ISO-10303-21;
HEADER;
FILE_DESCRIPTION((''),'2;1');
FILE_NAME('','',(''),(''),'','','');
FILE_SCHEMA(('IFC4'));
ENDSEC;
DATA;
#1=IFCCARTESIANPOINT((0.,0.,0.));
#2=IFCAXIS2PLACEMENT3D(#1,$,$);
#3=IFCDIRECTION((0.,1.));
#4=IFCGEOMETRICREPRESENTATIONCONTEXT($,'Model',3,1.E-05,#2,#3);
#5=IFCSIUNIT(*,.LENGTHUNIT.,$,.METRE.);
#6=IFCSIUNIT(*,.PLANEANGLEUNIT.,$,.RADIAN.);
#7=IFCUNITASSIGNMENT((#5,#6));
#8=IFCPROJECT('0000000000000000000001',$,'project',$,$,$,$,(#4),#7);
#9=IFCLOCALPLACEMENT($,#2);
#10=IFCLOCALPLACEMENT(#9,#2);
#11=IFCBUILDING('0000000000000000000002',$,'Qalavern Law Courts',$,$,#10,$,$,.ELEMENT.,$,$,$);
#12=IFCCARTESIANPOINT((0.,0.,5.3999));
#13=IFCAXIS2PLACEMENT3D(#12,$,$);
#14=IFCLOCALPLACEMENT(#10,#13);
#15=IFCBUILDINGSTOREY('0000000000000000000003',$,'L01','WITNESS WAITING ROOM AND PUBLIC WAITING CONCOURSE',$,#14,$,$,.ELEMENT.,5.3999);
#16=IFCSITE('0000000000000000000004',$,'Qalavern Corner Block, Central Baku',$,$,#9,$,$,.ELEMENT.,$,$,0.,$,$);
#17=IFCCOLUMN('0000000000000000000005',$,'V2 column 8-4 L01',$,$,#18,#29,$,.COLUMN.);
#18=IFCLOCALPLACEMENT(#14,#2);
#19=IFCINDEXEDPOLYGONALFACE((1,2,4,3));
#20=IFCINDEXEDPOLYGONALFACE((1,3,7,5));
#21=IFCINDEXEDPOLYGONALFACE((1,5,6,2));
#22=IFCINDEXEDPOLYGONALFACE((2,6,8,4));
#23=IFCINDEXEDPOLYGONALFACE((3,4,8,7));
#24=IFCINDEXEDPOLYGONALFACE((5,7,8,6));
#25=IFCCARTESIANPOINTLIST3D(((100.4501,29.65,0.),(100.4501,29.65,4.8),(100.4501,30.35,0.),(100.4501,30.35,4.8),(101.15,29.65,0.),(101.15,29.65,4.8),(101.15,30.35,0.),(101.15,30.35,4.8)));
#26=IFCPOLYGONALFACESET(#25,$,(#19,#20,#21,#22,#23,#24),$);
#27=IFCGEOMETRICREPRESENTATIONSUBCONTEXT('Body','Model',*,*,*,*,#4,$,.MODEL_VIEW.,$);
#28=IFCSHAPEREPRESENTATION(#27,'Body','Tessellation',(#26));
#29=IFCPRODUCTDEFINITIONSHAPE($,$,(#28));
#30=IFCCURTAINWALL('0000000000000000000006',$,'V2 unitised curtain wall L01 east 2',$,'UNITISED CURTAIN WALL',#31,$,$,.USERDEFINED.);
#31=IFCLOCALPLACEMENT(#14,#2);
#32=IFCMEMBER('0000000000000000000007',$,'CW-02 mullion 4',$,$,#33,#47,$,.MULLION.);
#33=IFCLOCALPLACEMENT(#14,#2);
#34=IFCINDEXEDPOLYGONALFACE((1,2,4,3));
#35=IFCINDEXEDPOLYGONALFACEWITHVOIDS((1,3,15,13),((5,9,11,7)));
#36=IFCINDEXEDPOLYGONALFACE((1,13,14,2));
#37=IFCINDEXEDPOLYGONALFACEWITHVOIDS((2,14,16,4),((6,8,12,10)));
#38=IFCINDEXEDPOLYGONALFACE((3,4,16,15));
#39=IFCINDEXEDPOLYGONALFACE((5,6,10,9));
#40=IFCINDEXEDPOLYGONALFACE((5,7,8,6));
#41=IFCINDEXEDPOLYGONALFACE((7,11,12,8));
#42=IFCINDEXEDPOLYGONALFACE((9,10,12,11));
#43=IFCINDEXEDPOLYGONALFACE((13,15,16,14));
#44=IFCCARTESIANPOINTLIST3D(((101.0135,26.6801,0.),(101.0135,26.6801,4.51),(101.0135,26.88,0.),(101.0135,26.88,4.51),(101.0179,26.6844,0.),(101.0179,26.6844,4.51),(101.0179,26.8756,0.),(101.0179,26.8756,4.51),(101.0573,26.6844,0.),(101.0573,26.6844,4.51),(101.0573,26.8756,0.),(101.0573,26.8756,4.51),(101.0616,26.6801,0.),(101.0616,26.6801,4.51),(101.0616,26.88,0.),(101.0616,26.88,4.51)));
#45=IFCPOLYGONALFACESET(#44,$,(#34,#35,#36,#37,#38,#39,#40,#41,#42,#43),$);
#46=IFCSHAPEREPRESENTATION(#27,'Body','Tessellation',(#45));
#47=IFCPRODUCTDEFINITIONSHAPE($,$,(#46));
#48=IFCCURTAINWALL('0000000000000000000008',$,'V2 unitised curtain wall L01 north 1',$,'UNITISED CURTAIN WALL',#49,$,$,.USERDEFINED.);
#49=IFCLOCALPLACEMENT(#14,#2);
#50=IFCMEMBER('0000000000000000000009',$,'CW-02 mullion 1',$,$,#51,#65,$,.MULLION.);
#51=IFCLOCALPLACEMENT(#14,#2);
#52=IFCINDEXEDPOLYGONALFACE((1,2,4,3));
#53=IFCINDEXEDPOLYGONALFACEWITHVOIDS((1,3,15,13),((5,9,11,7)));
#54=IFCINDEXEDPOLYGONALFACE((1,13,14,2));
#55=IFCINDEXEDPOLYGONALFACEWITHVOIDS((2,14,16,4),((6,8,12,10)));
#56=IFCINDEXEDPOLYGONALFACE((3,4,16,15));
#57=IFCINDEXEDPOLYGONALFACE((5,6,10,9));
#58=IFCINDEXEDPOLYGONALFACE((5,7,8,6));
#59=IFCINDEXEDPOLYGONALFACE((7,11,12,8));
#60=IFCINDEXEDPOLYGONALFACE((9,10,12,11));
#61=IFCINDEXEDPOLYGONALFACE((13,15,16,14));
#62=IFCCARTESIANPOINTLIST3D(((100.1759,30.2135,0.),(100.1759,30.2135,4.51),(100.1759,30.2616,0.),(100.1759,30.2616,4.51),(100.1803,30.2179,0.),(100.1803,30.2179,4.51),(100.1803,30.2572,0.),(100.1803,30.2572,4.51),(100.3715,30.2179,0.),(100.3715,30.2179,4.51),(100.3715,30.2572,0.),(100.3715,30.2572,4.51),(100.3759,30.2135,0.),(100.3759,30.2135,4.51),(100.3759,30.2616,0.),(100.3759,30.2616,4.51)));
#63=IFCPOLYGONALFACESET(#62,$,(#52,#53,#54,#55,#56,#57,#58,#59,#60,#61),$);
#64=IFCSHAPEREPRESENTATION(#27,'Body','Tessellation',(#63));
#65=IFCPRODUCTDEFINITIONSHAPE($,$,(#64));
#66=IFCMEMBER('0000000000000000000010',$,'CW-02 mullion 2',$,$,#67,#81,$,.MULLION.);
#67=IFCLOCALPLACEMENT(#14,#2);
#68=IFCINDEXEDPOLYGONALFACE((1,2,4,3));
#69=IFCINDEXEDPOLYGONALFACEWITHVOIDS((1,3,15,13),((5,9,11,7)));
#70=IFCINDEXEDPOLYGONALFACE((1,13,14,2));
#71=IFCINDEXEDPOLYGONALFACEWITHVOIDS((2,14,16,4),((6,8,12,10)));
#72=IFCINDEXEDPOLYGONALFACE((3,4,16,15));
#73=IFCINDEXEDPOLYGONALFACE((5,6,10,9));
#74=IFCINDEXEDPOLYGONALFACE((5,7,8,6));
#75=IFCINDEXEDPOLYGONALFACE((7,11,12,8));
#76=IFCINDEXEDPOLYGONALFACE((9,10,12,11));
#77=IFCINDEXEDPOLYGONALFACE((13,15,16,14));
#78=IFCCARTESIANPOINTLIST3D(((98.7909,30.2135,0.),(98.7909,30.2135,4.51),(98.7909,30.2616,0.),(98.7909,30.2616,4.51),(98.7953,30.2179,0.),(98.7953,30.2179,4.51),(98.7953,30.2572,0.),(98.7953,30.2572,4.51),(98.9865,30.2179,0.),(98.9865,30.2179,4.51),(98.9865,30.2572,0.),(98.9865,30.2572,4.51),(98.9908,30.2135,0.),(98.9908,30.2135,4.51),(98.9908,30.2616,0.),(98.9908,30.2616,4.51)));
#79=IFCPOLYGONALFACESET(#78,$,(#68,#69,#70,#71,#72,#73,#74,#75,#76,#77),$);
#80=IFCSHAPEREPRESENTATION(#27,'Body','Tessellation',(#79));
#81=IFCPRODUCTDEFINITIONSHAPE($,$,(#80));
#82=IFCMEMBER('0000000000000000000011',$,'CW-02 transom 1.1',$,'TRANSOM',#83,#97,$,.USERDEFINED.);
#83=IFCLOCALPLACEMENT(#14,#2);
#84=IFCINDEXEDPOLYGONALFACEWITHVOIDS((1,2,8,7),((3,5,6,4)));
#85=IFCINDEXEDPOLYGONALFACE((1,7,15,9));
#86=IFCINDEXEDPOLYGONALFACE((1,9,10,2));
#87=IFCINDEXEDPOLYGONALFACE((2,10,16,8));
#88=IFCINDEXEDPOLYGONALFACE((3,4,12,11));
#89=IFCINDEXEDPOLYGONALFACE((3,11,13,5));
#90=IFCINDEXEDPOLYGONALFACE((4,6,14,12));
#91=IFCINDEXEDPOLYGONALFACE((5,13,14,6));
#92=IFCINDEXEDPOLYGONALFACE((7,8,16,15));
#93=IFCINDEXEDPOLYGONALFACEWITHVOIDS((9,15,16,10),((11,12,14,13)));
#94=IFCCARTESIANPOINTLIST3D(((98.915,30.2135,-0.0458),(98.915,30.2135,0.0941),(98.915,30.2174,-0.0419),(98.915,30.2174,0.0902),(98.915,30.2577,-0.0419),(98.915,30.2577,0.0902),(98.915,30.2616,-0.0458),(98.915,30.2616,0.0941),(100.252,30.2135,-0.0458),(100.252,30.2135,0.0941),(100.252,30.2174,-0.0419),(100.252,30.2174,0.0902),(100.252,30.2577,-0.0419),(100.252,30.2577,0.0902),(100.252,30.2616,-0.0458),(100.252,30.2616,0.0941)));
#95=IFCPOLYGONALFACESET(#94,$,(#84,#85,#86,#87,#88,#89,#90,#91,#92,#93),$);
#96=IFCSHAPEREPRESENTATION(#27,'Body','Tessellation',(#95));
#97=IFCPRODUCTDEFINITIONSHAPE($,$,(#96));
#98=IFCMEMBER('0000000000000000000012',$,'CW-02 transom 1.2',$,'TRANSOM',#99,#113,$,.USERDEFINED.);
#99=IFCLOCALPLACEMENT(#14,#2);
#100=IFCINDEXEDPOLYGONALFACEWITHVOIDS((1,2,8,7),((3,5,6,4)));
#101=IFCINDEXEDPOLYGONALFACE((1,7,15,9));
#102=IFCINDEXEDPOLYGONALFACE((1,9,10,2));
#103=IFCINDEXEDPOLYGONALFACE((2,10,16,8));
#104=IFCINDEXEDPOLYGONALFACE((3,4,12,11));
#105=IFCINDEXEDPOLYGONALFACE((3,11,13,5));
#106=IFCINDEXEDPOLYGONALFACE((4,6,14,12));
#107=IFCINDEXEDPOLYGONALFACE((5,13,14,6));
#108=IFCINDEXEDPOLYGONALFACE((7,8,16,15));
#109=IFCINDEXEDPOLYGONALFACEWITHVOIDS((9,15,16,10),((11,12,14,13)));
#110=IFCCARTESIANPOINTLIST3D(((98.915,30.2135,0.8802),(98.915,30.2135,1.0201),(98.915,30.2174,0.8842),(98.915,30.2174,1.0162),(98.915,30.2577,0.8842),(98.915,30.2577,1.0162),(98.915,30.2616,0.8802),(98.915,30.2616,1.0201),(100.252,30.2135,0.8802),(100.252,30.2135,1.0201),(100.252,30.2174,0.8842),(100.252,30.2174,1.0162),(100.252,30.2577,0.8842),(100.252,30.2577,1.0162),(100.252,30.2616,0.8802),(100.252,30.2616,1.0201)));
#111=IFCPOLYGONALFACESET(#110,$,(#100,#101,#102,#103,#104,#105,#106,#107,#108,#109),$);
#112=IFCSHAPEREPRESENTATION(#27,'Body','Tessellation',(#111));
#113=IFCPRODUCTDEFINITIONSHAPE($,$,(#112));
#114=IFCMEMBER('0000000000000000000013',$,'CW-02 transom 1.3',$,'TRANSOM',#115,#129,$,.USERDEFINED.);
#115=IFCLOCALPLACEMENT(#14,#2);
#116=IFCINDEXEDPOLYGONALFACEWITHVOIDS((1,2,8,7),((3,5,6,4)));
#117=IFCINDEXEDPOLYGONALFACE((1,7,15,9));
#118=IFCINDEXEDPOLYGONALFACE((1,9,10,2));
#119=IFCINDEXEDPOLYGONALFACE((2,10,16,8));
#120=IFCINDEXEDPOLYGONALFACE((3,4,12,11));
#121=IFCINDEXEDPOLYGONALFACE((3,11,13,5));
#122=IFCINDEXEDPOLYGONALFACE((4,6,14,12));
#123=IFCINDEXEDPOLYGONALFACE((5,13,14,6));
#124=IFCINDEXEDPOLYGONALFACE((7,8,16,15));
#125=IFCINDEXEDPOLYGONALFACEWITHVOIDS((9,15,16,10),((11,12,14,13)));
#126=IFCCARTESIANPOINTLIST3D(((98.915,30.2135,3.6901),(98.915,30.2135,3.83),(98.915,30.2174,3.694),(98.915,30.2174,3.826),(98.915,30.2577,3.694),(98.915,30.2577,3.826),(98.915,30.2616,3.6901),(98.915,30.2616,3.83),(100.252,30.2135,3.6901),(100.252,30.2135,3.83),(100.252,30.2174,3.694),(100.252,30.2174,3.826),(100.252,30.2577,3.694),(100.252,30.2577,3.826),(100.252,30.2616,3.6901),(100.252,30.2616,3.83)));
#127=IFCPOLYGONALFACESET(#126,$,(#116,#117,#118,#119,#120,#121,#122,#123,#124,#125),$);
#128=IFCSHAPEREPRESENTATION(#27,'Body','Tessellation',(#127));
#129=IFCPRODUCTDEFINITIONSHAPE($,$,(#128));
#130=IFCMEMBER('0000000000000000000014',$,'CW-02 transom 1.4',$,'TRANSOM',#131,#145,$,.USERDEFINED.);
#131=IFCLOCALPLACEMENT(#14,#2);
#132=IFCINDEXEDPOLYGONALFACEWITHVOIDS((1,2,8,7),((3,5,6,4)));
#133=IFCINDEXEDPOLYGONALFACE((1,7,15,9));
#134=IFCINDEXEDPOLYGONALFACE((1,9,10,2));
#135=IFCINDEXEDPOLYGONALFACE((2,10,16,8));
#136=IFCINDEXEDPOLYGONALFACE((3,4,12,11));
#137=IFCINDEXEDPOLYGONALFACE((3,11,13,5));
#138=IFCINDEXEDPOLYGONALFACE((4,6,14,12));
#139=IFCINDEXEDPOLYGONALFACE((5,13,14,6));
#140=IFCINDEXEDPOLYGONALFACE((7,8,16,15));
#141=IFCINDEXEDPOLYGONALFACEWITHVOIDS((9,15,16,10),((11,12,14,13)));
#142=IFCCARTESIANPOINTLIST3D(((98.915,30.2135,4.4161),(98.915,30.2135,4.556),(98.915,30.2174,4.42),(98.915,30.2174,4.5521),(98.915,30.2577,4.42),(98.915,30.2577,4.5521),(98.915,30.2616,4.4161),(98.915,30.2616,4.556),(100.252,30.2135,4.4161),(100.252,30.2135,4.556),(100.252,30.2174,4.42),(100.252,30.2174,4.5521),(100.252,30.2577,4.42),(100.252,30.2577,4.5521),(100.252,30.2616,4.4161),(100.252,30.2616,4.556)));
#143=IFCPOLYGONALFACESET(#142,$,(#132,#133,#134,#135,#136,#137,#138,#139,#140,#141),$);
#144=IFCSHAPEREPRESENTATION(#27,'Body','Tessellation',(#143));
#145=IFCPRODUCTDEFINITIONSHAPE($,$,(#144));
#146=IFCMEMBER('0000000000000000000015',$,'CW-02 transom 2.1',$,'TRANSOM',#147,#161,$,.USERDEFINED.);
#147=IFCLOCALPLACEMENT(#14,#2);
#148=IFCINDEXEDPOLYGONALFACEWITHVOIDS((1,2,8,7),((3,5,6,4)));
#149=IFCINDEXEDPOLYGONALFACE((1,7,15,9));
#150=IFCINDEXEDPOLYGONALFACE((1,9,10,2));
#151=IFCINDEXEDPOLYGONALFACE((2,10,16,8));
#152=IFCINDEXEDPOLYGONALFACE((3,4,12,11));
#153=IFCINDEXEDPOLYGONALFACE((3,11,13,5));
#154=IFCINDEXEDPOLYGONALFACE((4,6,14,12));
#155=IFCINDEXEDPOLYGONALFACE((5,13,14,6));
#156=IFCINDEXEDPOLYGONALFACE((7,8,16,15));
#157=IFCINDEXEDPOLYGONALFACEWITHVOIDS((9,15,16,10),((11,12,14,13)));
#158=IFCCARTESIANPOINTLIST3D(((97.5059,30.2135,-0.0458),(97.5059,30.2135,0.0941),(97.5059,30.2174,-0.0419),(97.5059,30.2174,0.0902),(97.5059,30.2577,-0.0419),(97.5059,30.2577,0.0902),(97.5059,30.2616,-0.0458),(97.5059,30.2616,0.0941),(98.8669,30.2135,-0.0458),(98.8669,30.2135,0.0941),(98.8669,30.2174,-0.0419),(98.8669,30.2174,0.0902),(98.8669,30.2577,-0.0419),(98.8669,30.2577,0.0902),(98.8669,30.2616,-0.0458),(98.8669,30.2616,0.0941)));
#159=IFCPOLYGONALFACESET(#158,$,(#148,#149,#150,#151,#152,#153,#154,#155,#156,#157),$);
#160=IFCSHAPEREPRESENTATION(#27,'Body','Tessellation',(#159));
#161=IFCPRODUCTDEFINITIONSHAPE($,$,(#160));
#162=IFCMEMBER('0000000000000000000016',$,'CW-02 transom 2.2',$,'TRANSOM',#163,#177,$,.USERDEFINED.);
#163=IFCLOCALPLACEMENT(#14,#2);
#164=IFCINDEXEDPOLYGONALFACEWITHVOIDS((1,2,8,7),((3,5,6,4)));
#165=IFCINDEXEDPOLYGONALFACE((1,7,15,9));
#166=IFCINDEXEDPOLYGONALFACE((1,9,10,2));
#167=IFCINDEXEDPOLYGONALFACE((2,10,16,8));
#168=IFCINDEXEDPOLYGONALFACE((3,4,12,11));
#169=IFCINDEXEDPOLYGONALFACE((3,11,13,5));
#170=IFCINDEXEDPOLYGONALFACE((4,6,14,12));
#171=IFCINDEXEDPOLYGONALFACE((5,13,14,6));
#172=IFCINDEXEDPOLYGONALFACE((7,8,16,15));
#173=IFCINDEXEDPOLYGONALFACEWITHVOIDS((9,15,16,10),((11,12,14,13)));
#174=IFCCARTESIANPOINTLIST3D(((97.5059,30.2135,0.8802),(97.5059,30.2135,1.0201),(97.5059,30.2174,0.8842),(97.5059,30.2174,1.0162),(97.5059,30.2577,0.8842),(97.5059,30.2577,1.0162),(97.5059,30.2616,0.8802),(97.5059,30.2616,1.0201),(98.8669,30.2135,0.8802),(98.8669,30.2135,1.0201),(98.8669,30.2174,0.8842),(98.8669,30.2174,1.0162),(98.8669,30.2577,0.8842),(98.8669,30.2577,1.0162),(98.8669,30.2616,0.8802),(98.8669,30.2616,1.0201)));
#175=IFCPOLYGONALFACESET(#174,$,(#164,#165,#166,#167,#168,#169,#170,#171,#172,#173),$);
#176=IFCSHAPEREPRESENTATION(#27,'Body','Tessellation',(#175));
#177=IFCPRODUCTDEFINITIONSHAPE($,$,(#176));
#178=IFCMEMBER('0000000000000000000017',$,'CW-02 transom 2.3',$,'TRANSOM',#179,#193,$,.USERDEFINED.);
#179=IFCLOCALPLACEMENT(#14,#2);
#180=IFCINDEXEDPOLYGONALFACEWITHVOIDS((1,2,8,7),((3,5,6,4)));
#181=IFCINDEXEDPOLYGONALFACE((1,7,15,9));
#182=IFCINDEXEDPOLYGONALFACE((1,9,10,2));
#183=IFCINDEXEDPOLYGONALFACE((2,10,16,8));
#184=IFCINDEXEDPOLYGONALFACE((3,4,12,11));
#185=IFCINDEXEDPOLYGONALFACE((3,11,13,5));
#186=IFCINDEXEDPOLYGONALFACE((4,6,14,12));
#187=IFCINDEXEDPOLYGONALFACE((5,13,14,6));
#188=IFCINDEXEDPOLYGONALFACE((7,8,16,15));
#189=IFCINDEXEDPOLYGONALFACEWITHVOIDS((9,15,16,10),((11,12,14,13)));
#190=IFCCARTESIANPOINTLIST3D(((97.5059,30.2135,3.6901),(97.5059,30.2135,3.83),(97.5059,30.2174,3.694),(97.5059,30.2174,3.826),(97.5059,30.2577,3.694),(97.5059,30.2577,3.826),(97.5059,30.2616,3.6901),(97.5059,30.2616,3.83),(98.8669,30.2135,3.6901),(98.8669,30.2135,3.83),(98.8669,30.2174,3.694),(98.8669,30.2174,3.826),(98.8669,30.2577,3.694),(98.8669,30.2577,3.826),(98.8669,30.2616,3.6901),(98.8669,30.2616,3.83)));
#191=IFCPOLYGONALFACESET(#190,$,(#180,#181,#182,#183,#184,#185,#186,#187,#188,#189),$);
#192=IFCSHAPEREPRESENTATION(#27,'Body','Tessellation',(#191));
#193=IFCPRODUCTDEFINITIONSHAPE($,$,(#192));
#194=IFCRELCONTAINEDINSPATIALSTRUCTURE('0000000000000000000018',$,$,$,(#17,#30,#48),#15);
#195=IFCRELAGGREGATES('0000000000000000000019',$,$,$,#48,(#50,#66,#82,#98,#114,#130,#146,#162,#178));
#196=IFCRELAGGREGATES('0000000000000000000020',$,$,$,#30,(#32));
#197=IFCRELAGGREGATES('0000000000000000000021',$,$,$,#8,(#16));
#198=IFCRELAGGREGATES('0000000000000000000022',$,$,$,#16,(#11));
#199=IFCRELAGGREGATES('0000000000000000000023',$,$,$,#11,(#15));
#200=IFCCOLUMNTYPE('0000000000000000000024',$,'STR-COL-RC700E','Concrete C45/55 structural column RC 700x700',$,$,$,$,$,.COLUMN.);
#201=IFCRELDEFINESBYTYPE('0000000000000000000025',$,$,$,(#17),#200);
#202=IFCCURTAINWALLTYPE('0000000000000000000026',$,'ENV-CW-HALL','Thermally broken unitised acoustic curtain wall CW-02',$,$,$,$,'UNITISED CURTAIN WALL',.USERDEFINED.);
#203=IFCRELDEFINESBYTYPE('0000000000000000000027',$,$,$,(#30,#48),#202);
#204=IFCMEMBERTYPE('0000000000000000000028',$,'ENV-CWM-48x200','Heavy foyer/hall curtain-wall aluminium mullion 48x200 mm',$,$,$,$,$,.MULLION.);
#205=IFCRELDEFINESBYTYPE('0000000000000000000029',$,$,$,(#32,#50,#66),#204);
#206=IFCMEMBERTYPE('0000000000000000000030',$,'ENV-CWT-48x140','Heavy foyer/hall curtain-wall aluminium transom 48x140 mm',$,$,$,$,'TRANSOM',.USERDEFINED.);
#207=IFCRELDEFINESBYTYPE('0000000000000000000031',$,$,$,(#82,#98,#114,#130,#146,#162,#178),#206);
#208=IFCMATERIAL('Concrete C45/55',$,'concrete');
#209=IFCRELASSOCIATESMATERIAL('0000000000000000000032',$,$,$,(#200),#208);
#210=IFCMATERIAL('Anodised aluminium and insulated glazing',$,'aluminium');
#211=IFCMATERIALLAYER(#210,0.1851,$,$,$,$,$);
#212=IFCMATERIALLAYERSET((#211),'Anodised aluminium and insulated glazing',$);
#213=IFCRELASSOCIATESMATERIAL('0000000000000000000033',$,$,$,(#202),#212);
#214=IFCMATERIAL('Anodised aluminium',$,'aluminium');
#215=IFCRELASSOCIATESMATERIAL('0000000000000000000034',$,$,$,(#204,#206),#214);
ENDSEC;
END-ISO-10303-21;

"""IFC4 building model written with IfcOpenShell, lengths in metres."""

from ifc_helpers import new_model, si_unit, direction, frame, origin, origin_2d, place, context, subcontext, project, spatial, rectangle, hollow_rectangle, extrude, material, layer, layer_set, material_profile, profile_set, type_object, element, aggregate, save


model = new_model("IFC4")

# Units and contexts
model_context = context("Model", 3, precision=1e-05, world=origin(), true_north=direction((0.0, 1.0)))
body_context = subcontext(model_context, "Body", "Model", "MODEL_VIEW")
ifc_project = project(units=[si_unit("LENGTHUNIT", "METRE"), si_unit("PLANEANGLEUNIT", "RADIAN")], contexts=[model_context])

# Site, building, storey
site_placement = place(None, origin())
site = spatial("IfcSite", under=ifc_project, at=site_placement, Name="Qalavern Corner Block, Central Baku", CompositionType="ELEMENT", RefElevation=0.0)
building_placement = place(site_placement, origin())
building = spatial("IfcBuilding", under=site, at=building_placement, Name="Qalavern Law Courts", CompositionType="ELEMENT")
storey_placement = place(building_placement, frame((0.0, 0.0, 5.3999)))
storey = spatial("IfcBuildingStorey", under=building, at=storey_placement, Name="L01", Description="WITNESS WAITING ROOM AND PUBLIC WAITING CONCOURSE", CompositionType="ELEMENT", Elevation=5.3999)

# Column
ifc_material_1 = material(Name="Concrete C45/55", Category="concrete")
ifc_material_profile_1 = material_profile(ifc_material_1, rectangle(XDim=0.7, YDim=0.7, at=origin_2d()), Name="RC 700x700")
ifc_profile_set_1 = profile_set([ifc_material_profile_1], Name="Concrete C45/55")
column_type = type_object("IfcColumnType", Name="STR-COL-RC700E", Description="Concrete C45/55 structural column RC 700x700", PredefinedType="COLUMN", material=ifc_profile_set_1)
column_placement = place(storey_placement, frame((100.8, 30.0, 0.0), z_axis=(0.0, 0.0, 1.0), x_axis=(1.0, 0.0, 0.0)))
element("IfcColumn", 1, at=column_placement, inside=storey, type_object=column_type, Name="V2 column 8-4 L01", PredefinedType="COLUMN", context=body_context, shape_type="SweptSolid", body=[
    extrude(rectangle(XDim=0.7, YDim=0.7, at=origin_2d()), origin(), (0.0, 0.0, 1.0), 4.8),
])

# Curtain wall, member
ifc_material_2 = material(Name="Anodised aluminium and insulated glazing", Category="aluminium")
ifc_layer_1 = layer(ifc_material_2, 0.1851)
ifc_layer_set_1 = layer_set([ifc_layer_1], Name="Anodised aluminium and insulated glazing")
curtain_wall_type = type_object("IfcCurtainWallType", Name="ENV-CW-HALL", Description="Thermally broken unitised acoustic curtain wall CW-02", ElementType="UNITISED CURTAIN WALL", PredefinedType="USERDEFINED", material=ifc_layer_set_1)
curtain_wall_1_placement = place(storey_placement, origin())
curtain_wall_1 = element("IfcCurtainWall", 2, at=curtain_wall_1_placement, inside=storey, type_object=curtain_wall_type, Name="V2 unitised curtain wall L01 east 2", ObjectType="UNITISED CURTAIN WALL", PredefinedType="USERDEFINED")
ifc_material_3 = material(Name="Anodised aluminium", Category="aluminium")
ifc_material_profile_2 = material_profile(ifc_material_3, hollow_rectangle(XDim=0.0481, YDim=0.2, WallThickness=0.0044, at=origin_2d()), Name="ALU MULLION 48x200")
ifc_profile_set_2 = profile_set([ifc_material_profile_2], Name="Anodised aluminium")
member_type_1 = type_object("IfcMemberType", Name="ENV-CWM-48x200", Description="Heavy foyer/hall curtain-wall aluminium mullion 48x200 mm", PredefinedType="MULLION", material=ifc_profile_set_2)
member_1_placement = place(storey_placement, frame((101.0376, 26.78, 0.0), z_axis=(0.0, 0.0, 1.0), x_axis=(-1.0, 0.0, 0.0)))
member_1 = element("IfcMember", 3, at=member_1_placement, type_object=member_type_1, Name="CW-02 mullion 4", PredefinedType="MULLION", context=body_context, shape_type="SweptSolid", body=[
    extrude(hollow_rectangle(XDim=0.0481, YDim=0.2, WallThickness=0.0044, at=origin_2d()), origin(), (0.0, 0.0, 1.0), 4.51),
])

# Curtain wall, members
curtain_wall_2_placement = place(storey_placement, origin())
curtain_wall_2 = element("IfcCurtainWall", 4, at=curtain_wall_2_placement, inside=storey, type_object=curtain_wall_type, Name="V2 unitised curtain wall L01 north 1", ObjectType="UNITISED CURTAIN WALL", PredefinedType="USERDEFINED")
member_2_placement = place(storey_placement, frame((100.2759, 30.2375, 0.0), z_axis=(0.0, 0.0, 1.0), x_axis=(0.0, -1.0, 0.0)))
member_2 = element("IfcMember", 5, at=member_2_placement, type_object=member_type_1, Name="CW-02 mullion 1", PredefinedType="MULLION", context=body_context, shape_type="SweptSolid", body=[
    extrude(hollow_rectangle(XDim=0.0481, YDim=0.2, WallThickness=0.0044, at=origin_2d()), origin(), (0.0, 0.0, 1.0), 4.51),
])
member_3_placement = place(storey_placement, frame((98.8909, 30.2375, 0.0), z_axis=(0.0, 0.0, 1.0), x_axis=(0.0, -1.0, 0.0)))
member_3 = element("IfcMember", 6, at=member_3_placement, type_object=member_type_1, Name="CW-02 mullion 2", PredefinedType="MULLION", context=body_context, shape_type="SweptSolid", body=[
    extrude(hollow_rectangle(XDim=0.0481, YDim=0.2, WallThickness=0.0044, at=origin_2d()), origin(), (0.0, 0.0, 1.0), 4.51),
])
ifc_material_profile_3 = material_profile(ifc_material_3, hollow_rectangle(XDim=0.0481, YDim=0.1399, WallThickness=0.0039, at=origin_2d()), Name="ALU TRANSOM 48x140")
ifc_profile_set_3 = profile_set([ifc_material_profile_3], Name="Anodised aluminium")
member_type_2 = type_object("IfcMemberType", Name="ENV-CWT-48x140", Description="Heavy foyer/hall curtain-wall aluminium transom 48x140 mm", ElementType="TRANSOM", PredefinedType="USERDEFINED", material=ifc_profile_set_3)
member_4_placement = place(storey_placement, frame((100.252, 30.2375, 0.0242), z_axis=(-1.0, 0.0, 0.0), x_axis=(0.0, -1.0, 0.0)))
member_4 = element("IfcMember", 7, at=member_4_placement, type_object=member_type_2, Name="CW-02 transom 1.1", ObjectType="TRANSOM", PredefinedType="USERDEFINED", context=body_context, shape_type="SweptSolid", body=[
    extrude(hollow_rectangle(XDim=0.0481, YDim=0.1399, WallThickness=0.0039, at=origin_2d()), origin(), (0.0, 0.0, 1.0), 1.3369),
])
member_5_placement = place(storey_placement, frame((100.252, 30.2375, 0.9502), z_axis=(-1.0, 0.0, 0.0), x_axis=(0.0, -1.0, 0.0)))
member_5 = element("IfcMember", 8, at=member_5_placement, type_object=member_type_2, Name="CW-02 transom 1.2", ObjectType="TRANSOM", PredefinedType="USERDEFINED", context=body_context, shape_type="SweptSolid", body=[
    extrude(hollow_rectangle(XDim=0.0481, YDim=0.1399, WallThickness=0.0039, at=origin_2d()), origin(), (0.0, 0.0, 1.0), 1.3369),
])
member_6_placement = place(storey_placement, frame((100.252, 30.2375, 3.76), z_axis=(-1.0, 0.0, 0.0), x_axis=(0.0, -1.0, 0.0)))
member_6 = element("IfcMember", 9, at=member_6_placement, type_object=member_type_2, Name="CW-02 transom 1.3", ObjectType="TRANSOM", PredefinedType="USERDEFINED", context=body_context, shape_type="SweptSolid", body=[
    extrude(hollow_rectangle(XDim=0.0481, YDim=0.1399, WallThickness=0.0039, at=origin_2d()), origin(), (0.0, 0.0, 1.0), 1.3369),
])
member_7_placement = place(storey_placement, frame((100.252, 30.2375, 4.4861), z_axis=(-1.0, 0.0, 0.0), x_axis=(0.0, -1.0, 0.0)))
member_7 = element("IfcMember", 10, at=member_7_placement, type_object=member_type_2, Name="CW-02 transom 1.4", ObjectType="TRANSOM", PredefinedType="USERDEFINED", context=body_context, shape_type="SweptSolid", body=[
    extrude(hollow_rectangle(XDim=0.0481, YDim=0.1399, WallThickness=0.0039, at=origin_2d()), origin(), (0.0, 0.0, 1.0), 1.3369),
])
member_8_placement = place(storey_placement, frame((98.8669, 30.2375, 0.0242), z_axis=(-1.0, 0.0, 0.0), x_axis=(0.0, -1.0, 0.0)))
member_8 = element("IfcMember", 11, at=member_8_placement, type_object=member_type_2, Name="CW-02 transom 2.1", ObjectType="TRANSOM", PredefinedType="USERDEFINED", context=body_context, shape_type="SweptSolid", body=[
    extrude(hollow_rectangle(XDim=0.0481, YDim=0.1399, WallThickness=0.0039, at=origin_2d()), origin(), (0.0, 0.0, 1.0), 1.3611),
])
member_9_placement = place(storey_placement, frame((98.8669, 30.2375, 0.9502), z_axis=(-1.0, 0.0, 0.0), x_axis=(0.0, -1.0, 0.0)))
member_9 = element("IfcMember", 12, at=member_9_placement, type_object=member_type_2, Name="CW-02 transom 2.2", ObjectType="TRANSOM", PredefinedType="USERDEFINED", context=body_context, shape_type="SweptSolid", body=[
    extrude(hollow_rectangle(XDim=0.0481, YDim=0.1399, WallThickness=0.0039, at=origin_2d()), origin(), (0.0, 0.0, 1.0), 1.3611),
])
member_10_placement = place(storey_placement, frame((98.8669, 30.2375, 3.76), z_axis=(-1.0, 0.0, 0.0), x_axis=(0.0, -1.0, 0.0)))
member_10 = element("IfcMember", 13, at=member_10_placement, type_object=member_type_2, Name="CW-02 transom 2.3", ObjectType="TRANSOM", PredefinedType="USERDEFINED", context=body_context, shape_type="SweptSolid", body=[
    extrude(hollow_rectangle(XDim=0.0481, YDim=0.1399, WallThickness=0.0039, at=origin_2d()), origin(), (0.0, 0.0, 1.0), 1.3611),
])
aggregate(curtain_wall_2, [member_2, member_3, member_4, member_5, member_6, member_7, member_8, member_9, member_10])

aggregate(curtain_wall_1, [member_1])

save(model, "model.ifc")
